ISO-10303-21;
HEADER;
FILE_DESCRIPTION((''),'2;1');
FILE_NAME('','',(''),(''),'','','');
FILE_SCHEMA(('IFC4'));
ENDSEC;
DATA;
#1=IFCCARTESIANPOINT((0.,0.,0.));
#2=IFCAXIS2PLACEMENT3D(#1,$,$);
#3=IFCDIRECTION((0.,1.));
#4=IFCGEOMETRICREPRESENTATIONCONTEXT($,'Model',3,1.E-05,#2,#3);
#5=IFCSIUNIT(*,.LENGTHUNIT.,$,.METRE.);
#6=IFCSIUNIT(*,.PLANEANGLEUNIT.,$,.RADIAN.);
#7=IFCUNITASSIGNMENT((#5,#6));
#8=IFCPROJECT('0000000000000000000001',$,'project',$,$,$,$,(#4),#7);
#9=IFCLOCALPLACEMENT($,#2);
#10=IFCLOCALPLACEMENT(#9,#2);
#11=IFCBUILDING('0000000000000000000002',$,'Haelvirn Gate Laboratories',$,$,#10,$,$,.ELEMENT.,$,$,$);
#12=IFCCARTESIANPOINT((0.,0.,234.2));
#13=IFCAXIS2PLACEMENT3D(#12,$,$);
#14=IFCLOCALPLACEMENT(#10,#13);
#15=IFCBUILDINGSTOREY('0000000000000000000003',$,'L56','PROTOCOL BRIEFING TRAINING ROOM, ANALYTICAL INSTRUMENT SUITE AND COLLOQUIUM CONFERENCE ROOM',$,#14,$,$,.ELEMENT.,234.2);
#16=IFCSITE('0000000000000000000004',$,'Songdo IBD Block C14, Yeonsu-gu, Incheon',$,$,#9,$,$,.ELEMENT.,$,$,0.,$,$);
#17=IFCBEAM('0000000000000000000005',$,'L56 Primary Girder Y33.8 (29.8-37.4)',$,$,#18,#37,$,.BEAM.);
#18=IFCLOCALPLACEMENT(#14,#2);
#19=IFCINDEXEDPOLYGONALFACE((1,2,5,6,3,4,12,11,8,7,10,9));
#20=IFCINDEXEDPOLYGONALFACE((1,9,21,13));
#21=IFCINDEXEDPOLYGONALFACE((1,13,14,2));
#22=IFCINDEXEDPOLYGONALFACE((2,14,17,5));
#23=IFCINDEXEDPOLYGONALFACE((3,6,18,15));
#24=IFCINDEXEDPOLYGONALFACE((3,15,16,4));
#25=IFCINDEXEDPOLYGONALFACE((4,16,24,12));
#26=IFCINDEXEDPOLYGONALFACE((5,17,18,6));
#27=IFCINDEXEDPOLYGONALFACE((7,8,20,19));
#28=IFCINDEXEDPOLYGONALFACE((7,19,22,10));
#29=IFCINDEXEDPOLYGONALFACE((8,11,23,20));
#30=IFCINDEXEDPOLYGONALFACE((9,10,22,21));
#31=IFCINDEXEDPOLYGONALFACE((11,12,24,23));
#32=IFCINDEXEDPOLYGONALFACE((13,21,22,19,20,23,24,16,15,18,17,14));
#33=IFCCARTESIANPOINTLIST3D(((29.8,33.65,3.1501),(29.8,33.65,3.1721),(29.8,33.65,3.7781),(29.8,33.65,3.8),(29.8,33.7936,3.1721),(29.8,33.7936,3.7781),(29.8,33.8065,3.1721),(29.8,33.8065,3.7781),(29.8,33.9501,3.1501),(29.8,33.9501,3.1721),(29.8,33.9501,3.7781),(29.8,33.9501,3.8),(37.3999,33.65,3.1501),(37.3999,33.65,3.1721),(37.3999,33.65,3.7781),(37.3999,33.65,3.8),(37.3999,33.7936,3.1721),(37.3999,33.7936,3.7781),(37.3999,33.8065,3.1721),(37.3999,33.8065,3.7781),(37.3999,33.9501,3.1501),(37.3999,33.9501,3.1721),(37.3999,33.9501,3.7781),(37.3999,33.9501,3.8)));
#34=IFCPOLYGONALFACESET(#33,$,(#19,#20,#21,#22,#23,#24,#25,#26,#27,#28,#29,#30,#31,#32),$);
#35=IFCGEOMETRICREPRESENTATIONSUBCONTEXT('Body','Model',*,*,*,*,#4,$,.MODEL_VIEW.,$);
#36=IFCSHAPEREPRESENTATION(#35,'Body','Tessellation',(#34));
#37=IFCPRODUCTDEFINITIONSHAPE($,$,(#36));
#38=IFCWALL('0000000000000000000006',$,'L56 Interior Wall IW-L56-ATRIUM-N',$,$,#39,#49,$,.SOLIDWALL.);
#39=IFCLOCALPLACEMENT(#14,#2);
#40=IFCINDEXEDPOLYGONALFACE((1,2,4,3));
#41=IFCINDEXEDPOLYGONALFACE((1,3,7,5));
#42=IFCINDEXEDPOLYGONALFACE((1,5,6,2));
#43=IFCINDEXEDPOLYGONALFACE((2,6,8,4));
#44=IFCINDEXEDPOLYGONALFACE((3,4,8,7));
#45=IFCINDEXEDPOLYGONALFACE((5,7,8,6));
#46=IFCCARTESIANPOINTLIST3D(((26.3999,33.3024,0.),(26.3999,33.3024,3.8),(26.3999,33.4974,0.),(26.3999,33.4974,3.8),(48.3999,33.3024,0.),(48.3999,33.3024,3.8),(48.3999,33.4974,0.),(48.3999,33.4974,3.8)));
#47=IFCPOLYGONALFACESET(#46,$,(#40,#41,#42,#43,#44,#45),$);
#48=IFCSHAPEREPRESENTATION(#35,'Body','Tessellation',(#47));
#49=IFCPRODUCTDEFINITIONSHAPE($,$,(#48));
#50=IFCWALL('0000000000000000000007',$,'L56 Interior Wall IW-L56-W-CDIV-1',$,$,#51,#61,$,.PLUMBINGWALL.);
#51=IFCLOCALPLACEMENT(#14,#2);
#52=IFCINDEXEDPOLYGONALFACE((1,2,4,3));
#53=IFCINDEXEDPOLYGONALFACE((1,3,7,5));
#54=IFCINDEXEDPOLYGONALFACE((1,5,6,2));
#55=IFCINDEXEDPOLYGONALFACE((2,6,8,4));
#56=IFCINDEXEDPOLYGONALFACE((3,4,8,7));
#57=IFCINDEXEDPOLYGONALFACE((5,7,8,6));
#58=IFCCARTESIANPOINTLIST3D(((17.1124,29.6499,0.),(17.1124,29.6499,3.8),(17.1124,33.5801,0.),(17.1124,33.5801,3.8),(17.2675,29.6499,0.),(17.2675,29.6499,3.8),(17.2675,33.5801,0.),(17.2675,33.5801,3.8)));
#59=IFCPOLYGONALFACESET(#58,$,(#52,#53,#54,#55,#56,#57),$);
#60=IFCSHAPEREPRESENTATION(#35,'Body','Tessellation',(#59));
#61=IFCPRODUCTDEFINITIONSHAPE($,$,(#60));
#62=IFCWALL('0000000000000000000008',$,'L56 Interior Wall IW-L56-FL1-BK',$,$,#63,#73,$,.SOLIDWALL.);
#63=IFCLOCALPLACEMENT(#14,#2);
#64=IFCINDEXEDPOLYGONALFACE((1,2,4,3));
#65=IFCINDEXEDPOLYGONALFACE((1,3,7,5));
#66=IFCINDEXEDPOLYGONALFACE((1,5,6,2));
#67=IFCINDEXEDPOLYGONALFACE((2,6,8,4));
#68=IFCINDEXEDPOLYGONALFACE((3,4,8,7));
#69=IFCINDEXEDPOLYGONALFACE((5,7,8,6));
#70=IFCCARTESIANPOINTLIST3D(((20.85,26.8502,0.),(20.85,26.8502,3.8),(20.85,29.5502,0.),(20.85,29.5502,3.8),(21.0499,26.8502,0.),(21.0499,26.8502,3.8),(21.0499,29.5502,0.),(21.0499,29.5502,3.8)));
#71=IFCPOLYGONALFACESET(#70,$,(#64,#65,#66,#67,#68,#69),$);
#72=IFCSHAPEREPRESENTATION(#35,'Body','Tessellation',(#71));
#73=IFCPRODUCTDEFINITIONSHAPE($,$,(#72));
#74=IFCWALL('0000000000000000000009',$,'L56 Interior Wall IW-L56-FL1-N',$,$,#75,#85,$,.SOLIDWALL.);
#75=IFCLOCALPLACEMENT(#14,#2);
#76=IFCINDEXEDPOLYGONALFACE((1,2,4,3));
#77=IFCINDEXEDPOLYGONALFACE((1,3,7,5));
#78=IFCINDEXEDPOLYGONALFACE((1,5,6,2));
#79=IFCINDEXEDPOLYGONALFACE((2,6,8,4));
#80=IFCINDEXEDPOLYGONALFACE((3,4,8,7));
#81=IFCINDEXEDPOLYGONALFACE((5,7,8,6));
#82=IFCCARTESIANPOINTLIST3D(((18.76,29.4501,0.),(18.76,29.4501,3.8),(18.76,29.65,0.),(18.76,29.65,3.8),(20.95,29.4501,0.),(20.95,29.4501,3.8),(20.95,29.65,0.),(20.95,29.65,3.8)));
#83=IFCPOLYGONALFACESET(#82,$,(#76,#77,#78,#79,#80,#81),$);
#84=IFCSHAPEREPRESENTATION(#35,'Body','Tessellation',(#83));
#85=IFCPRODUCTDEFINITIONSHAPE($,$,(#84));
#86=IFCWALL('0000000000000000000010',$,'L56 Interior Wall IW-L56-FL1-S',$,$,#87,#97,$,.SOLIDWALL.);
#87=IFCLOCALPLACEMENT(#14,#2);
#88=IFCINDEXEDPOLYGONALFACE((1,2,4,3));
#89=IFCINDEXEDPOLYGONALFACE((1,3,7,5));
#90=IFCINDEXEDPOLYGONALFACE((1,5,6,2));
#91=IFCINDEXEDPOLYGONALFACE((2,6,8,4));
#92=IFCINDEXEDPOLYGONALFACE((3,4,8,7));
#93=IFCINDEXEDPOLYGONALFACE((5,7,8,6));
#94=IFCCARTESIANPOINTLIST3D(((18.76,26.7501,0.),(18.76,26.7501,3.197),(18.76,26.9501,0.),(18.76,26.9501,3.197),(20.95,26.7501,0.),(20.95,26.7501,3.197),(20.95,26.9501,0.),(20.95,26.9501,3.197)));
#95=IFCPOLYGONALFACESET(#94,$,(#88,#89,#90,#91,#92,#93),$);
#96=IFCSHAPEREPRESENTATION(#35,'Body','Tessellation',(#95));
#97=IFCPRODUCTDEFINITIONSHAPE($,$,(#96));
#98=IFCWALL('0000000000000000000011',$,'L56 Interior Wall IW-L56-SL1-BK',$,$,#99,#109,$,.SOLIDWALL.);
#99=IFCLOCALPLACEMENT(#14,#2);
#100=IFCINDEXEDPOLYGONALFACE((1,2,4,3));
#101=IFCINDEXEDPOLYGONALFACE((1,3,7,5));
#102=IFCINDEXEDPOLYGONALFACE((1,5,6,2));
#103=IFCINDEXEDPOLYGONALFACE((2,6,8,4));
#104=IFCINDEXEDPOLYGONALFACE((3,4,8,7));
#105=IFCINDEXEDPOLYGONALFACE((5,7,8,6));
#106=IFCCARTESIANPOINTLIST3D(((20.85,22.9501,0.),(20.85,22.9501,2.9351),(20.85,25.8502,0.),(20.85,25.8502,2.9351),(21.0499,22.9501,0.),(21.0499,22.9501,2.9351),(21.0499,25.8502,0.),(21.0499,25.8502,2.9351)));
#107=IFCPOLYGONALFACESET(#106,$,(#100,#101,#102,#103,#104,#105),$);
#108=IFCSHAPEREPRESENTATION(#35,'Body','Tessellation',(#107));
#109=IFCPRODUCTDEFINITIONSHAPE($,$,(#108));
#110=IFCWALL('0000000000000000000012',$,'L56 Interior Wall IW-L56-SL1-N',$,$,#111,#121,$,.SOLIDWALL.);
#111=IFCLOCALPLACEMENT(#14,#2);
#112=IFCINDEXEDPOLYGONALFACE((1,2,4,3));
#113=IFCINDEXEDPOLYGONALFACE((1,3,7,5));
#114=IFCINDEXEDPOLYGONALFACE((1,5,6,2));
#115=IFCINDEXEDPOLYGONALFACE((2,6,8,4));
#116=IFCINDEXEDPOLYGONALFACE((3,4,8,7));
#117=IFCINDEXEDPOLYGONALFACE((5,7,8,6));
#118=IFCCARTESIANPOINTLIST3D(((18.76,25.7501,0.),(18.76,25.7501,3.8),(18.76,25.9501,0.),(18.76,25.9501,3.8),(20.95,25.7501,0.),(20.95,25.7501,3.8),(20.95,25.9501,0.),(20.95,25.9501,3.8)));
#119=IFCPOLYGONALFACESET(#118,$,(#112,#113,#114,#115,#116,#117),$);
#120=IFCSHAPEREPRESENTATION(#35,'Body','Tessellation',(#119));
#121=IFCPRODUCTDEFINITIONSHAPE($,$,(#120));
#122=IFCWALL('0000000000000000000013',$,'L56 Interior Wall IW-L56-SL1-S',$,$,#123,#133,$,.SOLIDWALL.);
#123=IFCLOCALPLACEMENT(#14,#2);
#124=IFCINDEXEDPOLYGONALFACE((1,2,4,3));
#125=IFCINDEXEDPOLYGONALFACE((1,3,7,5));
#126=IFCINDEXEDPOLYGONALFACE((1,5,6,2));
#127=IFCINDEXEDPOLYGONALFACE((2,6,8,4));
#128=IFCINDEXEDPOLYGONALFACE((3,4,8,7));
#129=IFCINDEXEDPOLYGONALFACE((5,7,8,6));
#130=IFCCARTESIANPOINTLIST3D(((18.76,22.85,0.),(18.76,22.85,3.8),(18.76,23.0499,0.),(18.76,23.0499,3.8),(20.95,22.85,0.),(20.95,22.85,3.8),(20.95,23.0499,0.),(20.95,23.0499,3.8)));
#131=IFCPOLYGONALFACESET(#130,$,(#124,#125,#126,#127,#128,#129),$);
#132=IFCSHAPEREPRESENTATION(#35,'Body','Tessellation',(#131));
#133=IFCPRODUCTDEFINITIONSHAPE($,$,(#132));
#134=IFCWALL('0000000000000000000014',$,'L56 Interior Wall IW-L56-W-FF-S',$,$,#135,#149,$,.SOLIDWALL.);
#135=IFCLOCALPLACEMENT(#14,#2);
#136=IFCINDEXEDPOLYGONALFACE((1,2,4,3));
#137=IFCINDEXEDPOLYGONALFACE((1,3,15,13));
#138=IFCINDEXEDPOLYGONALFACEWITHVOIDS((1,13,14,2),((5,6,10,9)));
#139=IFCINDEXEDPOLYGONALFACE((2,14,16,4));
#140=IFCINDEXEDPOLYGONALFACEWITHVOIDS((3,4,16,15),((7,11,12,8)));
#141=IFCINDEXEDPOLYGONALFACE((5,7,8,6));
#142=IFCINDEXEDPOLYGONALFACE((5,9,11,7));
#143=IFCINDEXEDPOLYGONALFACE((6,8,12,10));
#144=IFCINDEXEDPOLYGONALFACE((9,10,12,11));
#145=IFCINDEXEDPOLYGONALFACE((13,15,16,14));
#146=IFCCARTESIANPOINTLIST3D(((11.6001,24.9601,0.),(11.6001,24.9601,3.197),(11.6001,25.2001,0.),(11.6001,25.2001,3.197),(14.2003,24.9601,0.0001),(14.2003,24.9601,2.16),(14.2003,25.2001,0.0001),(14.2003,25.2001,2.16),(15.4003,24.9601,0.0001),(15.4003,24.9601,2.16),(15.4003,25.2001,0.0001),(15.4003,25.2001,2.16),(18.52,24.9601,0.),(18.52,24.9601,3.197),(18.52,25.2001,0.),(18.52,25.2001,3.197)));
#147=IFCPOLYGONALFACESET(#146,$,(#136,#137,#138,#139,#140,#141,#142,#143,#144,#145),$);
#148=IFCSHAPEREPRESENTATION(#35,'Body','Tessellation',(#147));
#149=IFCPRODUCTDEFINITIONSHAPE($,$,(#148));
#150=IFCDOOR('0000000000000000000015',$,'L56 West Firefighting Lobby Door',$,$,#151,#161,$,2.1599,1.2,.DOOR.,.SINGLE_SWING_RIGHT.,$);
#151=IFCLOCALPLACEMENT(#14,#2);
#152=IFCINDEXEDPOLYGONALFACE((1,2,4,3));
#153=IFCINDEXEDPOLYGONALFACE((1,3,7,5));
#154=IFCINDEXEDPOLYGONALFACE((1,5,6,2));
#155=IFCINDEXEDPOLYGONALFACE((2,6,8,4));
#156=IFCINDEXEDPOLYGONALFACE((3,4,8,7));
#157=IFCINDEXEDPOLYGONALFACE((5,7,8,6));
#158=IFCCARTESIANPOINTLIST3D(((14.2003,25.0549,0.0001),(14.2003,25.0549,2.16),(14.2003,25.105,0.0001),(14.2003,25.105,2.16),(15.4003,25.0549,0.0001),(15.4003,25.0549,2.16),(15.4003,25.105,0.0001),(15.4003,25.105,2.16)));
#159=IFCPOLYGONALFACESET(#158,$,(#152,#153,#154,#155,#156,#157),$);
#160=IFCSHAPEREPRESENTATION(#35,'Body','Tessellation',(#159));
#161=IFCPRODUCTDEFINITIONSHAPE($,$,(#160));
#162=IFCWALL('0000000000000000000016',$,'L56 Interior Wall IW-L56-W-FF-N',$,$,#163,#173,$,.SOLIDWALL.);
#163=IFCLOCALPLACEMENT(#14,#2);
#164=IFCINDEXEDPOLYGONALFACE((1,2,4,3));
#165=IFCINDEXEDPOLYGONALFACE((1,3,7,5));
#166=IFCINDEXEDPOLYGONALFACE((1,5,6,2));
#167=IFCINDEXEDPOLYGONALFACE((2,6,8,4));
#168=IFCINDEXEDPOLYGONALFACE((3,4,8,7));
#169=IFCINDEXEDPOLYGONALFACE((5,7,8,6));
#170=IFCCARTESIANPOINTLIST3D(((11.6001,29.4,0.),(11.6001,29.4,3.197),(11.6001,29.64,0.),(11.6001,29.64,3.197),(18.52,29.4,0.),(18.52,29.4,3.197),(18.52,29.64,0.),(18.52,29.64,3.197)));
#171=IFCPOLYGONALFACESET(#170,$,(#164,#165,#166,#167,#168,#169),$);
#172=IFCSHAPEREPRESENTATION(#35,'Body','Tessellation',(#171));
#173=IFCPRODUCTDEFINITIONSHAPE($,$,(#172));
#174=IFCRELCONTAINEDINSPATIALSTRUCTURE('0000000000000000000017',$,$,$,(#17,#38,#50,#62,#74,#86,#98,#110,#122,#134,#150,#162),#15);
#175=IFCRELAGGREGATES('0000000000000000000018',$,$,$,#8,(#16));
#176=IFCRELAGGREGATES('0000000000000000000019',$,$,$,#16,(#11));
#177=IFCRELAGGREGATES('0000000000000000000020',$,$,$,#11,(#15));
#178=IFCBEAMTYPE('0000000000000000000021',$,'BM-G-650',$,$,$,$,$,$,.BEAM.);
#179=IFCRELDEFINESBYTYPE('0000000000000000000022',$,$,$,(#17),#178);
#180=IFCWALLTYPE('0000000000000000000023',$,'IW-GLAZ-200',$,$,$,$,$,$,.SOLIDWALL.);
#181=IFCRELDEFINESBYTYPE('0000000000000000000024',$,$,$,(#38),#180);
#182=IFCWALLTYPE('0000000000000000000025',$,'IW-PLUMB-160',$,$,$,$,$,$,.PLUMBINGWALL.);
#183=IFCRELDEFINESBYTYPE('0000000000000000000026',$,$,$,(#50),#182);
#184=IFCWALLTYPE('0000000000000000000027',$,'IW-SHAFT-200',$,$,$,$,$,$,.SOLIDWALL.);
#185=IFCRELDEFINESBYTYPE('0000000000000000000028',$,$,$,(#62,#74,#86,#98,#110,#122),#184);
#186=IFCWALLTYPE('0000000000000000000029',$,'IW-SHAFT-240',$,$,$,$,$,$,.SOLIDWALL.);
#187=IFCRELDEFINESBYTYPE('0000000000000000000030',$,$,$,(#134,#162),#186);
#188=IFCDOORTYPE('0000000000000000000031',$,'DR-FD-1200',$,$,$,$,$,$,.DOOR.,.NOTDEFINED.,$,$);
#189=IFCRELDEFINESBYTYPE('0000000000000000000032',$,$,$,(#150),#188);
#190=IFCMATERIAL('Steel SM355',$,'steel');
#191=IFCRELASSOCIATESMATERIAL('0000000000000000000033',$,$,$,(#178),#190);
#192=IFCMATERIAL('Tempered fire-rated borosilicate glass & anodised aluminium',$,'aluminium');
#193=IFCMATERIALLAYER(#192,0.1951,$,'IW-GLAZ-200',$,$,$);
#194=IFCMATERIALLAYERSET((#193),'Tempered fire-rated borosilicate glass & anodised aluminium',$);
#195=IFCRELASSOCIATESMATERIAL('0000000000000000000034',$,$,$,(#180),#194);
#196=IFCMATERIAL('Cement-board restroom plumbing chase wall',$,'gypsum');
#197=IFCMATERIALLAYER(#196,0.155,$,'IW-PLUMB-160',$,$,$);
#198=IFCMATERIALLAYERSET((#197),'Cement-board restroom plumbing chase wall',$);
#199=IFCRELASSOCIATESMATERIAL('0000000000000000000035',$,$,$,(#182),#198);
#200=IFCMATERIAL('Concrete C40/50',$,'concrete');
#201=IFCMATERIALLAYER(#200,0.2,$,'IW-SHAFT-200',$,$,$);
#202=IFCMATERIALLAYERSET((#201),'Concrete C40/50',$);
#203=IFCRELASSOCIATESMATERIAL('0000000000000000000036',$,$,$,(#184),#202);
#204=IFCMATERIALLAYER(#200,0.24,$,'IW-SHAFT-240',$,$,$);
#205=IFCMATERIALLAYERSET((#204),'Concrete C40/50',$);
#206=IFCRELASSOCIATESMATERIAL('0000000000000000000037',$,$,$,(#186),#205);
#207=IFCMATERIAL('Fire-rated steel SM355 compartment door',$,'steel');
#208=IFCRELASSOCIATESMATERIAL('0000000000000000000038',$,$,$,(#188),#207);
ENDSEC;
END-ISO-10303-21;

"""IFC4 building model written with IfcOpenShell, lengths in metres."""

from ifc_helpers import new_model, si_unit, direction, frame, frame_2d, origin, origin_2d, place, context, subcontext, project, spatial, rectangle, i_section, extrude, source, transform, mapped, material, layer, layer_set, material_profile, profile_set, type_object, type_shapes, element, fill, save


model = new_model("IFC4")

# Units and contexts
model_context = context("Model", 3, precision=1e-05, world=origin(), true_north=direction((0.0, 1.0)))
body_context = subcontext(model_context, "Body", "Model", "MODEL_VIEW")
ifc_project = project(units=[si_unit("LENGTHUNIT", "METRE"), si_unit("PLANEANGLEUNIT", "RADIAN")], contexts=[model_context])

# Site, building, storey
site_placement = place(None, origin())
site = spatial("IfcSite", under=ifc_project, at=site_placement, Name="Songdo IBD Block C14, Yeonsu-gu, Incheon", CompositionType="ELEMENT", RefElevation=0.0)
building_placement = place(site_placement, origin())
building = spatial("IfcBuilding", under=site, at=building_placement, Name="Haelvirn Gate Laboratories", CompositionType="ELEMENT")
storey_placement = place(building_placement, frame((0.0, 0.0, 234.2)))
storey = spatial("IfcBuildingStorey", under=building, at=storey_placement, Name="L56", Description="PROTOCOL BRIEFING TRAINING ROOM, ANALYTICAL INSTRUMENT SUITE AND COLLOQUIUM CONFERENCE ROOM", CompositionType="ELEMENT", Elevation=234.2)

# Shared definitions
ifc_material_1 = material(Name="Steel SM355", Category="steel")

# Beam
ifc_material_profile_1 = material_profile(ifc_material_1, i_section(OverallWidth=0.3, OverallDepth=0.6499, WebThickness=0.0129, FlangeThickness=0.022, at=origin_2d()), Name="H-650x300x13x22")
ifc_profile_set_1 = profile_set([ifc_material_profile_1], Name="Steel SM355")
beam_type_1 = type_object("IfcBeamType", Name="BM-G-650", PredefinedType="BEAM", material=ifc_profile_set_1)
shared_shape_1 = source(origin(), body_context, "Body", "SweptSolid", [
    extrude(i_section(OverallWidth=0.3, OverallDepth=0.6499, WebThickness=0.0129, FlangeThickness=0.022, at=origin_2d()), origin(), (0.0, 0.0, 1.0), 7.5999),
])
beam_1_placement = place(storey_placement, frame((29.8, 33.8, 3.4751), z_axis=(1.0, 0.0, 0.0), x_axis=(0.0, 1.0, 0.0)))
element("IfcBeam", 1, at=beam_1_placement, inside=storey, type_object=beam_type_1, Name="L56 Primary Girder Y33.8 (29.8-37.4)", PredefinedType="BEAM", context=body_context, shape_type="MappedRepresentation", body=[
    mapped(shared_shape_1, transform((0.0, 0.0, 0.0), scale=1.0)),
])

# Walls
ifc_material_2 = material(Name="Tempered fire-rated borosilicate glass & anodised aluminium", Category="aluminium")
ifc_layer_1 = layer(ifc_material_2, 0.1951, Name="IW-GLAZ-200")
ifc_layer_set_1 = layer_set([ifc_layer_1], Name="Tempered fire-rated borosilicate glass & anodised aluminium")
wall_type_1 = type_object("IfcWallType", Name="IW-GLAZ-200", PredefinedType="SOLIDWALL", material=ifc_layer_set_1)
wall_1_placement = place(storey_placement, frame((26.3999, 33.3999, 0.0), z_axis=(0.0, 0.0, 1.0), x_axis=(1.0, 0.0, 0.0)))
element("IfcWall", 2, at=wall_1_placement, inside=storey, type_object=wall_type_1, Name="L56 Interior Wall IW-L56-ATRIUM-N", PredefinedType="SOLIDWALL", context=body_context, shape_type="SweptSolid", body=[
    extrude(rectangle(XDim=22.0, YDim=0.1951, at=frame_2d((11.0, 0.0))), origin(), (0.0, 0.0, 1.0), 3.8),
])
ifc_material_3 = material(Name="Cement-board restroom plumbing chase wall", Category="gypsum")
ifc_layer_2 = layer(ifc_material_3, 0.155, Name="IW-PLUMB-160")
ifc_layer_set_2 = layer_set([ifc_layer_2], Name="Cement-board restroom plumbing chase wall")
wall_type_2 = type_object("IfcWallType", Name="IW-PLUMB-160", PredefinedType="PLUMBINGWALL", material=ifc_layer_set_2)
wall_2_placement = place(storey_placement, frame((17.1899, 29.6499, 0.0), z_axis=(0.0, 0.0, 1.0), x_axis=(0.0, 1.0, 0.0)))
element("IfcWall", 3, at=wall_2_placement, inside=storey, type_object=wall_type_2, Name="L56 Interior Wall IW-L56-W-CDIV-1", PredefinedType="PLUMBINGWALL", context=body_context, shape_type="SweptSolid", body=[
    extrude(rectangle(XDim=3.9302, YDim=0.155, at=frame_2d((1.9651, 0.0))), origin(), (0.0, 0.0, 1.0), 3.8),
])
ifc_material_4 = material(Name="Concrete C40/50", Category="concrete")
ifc_layer_3 = layer(ifc_material_4, 0.2, Name="IW-SHAFT-200")
ifc_layer_set_3 = layer_set([ifc_layer_3], Name="Concrete C40/50")
wall_type_3 = type_object("IfcWallType", Name="IW-SHAFT-200", PredefinedType="SOLIDWALL", material=ifc_layer_set_3)
wall_3_placement = place(storey_placement, frame((20.95, 26.8501, 0.0), z_axis=(0.0, 0.0, 1.0), x_axis=(0.0, 1.0, 0.0)))
element("IfcWall", 4, at=wall_3_placement, inside=storey, type_object=wall_type_3, Name="L56 Interior Wall IW-L56-FL1-BK", PredefinedType="SOLIDWALL", context=body_context, shape_type="SweptSolid", body=[
    extrude(rectangle(XDim=2.7, YDim=0.2, at=frame_2d((1.3501, 0.0))), origin(), (0.0, 0.0, 1.0), 3.8),
])
wall_4_placement = place(storey_placement, frame((18.76, 29.55, 0.0), z_axis=(0.0, 0.0, 1.0), x_axis=(1.0, 0.0, 0.0)))
element("IfcWall", 5, at=wall_4_placement, inside=storey, type_object=wall_type_3, Name="L56 Interior Wall IW-L56-FL1-N", PredefinedType="SOLIDWALL", context=body_context, shape_type="SweptSolid", body=[
    extrude(rectangle(XDim=2.1899, YDim=0.2, at=frame_2d((1.095, 0.0))), origin(), (0.0, 0.0, 1.0), 3.8),
])
wall_5_placement = place(storey_placement, frame((18.76, 26.8501, 0.0), z_axis=(0.0, 0.0, 1.0), x_axis=(1.0, 0.0, 0.0)))
element("IfcWall", 6, at=wall_5_placement, inside=storey, type_object=wall_type_3, Name="L56 Interior Wall IW-L56-FL1-S", PredefinedType="SOLIDWALL", context=body_context, shape_type="SweptSolid", body=[
    extrude(rectangle(XDim=2.1899, YDim=0.2, at=frame_2d((1.095, 0.0))), origin(), (0.0, 0.0, 1.0), 3.197),
])
wall_6_placement = place(storey_placement, frame((20.95, 22.95, 0.0), z_axis=(0.0, 0.0, 1.0), x_axis=(0.0, 1.0, 0.0)))
element("IfcWall", 7, at=wall_6_placement, inside=storey, type_object=wall_type_3, Name="L56 Interior Wall IW-L56-SL1-BK", PredefinedType="SOLIDWALL", context=body_context, shape_type="SweptSolid", body=[
    extrude(rectangle(XDim=2.9001, YDim=0.2, at=frame_2d((1.4502, 0.0))), origin(), (0.0, 0.0, 1.0), 2.9351),
])
for number, where, z_axis, x_axis, name in (
    (8, (18.76, 25.8501, 0.0), (0.0, 0.0, 1.0), (1.0, 0.0, 0.0), "L56 Interior Wall IW-L56-SL1-N"),
    (9, (18.76, 22.95, 0.0), (0.0, 0.0, 1.0), (1.0, 0.0, 0.0), "L56 Interior Wall IW-L56-SL1-S"),
):
    element("IfcWall", number, at=place(storey_placement, frame(where, z_axis=z_axis, x_axis=x_axis)), inside=storey, type_object=wall_type_3, Name=name, PredefinedType="SOLIDWALL", context=body_context, shape_type="SweptSolid", body=[
        extrude(rectangle(XDim=2.1899, YDim=0.2, at=frame_2d((1.095, 0.0))), origin(), (0.0, 0.0, 1.0), 3.8),
    ])

# Wall, opening, door
ifc_layer_4 = layer(ifc_material_4, 0.24, Name="IW-SHAFT-240")
ifc_layer_set_4 = layer_set([ifc_layer_4], Name="Concrete C40/50")
wall_type_4 = type_object("IfcWallType", Name="IW-SHAFT-240", PredefinedType="SOLIDWALL", material=ifc_layer_set_4)
wall_7_placement = place(storey_placement, frame((11.6001, 25.0801, 0.0), z_axis=(0.0, 0.0, 1.0), x_axis=(1.0, 0.0, 0.0)))
wall_7 = element("IfcWall", 10, at=wall_7_placement, inside=storey, type_object=wall_type_4, Name="L56 Interior Wall IW-L56-W-FF-S", PredefinedType="SOLIDWALL", context=body_context, shape_type="SweptSolid", body=[
    extrude(rectangle(XDim=6.9199, YDim=0.24, at=frame_2d((3.46, 0.0))), origin(), (0.0, 0.0, 1.0), 3.197),
])
opening_placement = place(wall_7_placement, frame((2.6001, 0.0, 0.0)))
opening = element("IfcOpeningElement", 11, at=opening_placement, cuts=wall_7, PredefinedType="OPENING", context=body_context, shape_type="SweptSolid", body=[
    extrude(rectangle(XDim=1.2, YDim=2.1599, at=frame_2d((0.6001, 1.0801))), frame((0.0, 0.1299, 0.0), z_axis=(0.0, -1.0, 0.0), x_axis=(1.0, 0.0, 0.0)), (0.0, 0.0, 1.0), 0.26),
])
ifc_material_5 = material(Name="Fire-rated steel SM355 compartment door", Category="steel")
door_type = type_object("IfcDoorType", Name="DR-FD-1200", OperationType="NOTDEFINED", PredefinedType="DOOR", material=ifc_material_5)
shared_shape_2 = source(origin(), body_context, "Body", "SweptSolid", [
    extrude(rectangle(XDim=1.2, YDim=2.1599, at=frame_2d((0.6001, 1.0801))), frame((0.0, 0.0249, 0.0), z_axis=(0.0, -1.0, 0.0), x_axis=(1.0, 0.0, 0.0)), (0.0, 0.0, 1.0), 0.05),
])
type_shapes(door_type, [shared_shape_2])
door_placement = place(opening_placement, origin())
door = element("IfcDoor", 12, at=door_placement, inside=storey, type_object=door_type, Name="L56 West Firefighting Lobby Door", OperationType="SINGLE_SWING_RIGHT", OverallHeight=2.1599, OverallWidth=1.2, PredefinedType="DOOR", context=body_context, shape_type="MappedRepresentation", body=[
    mapped(shared_shape_2, transform((0.0, 0.0, 0.0), scale=1.0)),
])
fill(opening, door)

# Wall
wall_8_placement = place(storey_placement, frame((11.6001, 29.52, 0.0), z_axis=(0.0, 0.0, 1.0), x_axis=(1.0, 0.0, 0.0)))
element("IfcWall", 13, at=wall_8_placement, inside=storey, type_object=wall_type_4, Name="L56 Interior Wall IW-L56-W-FF-N", PredefinedType="SOLIDWALL", context=body_context, shape_type="SweptSolid", body=[
    extrude(rectangle(XDim=6.9199, YDim=0.24, at=frame_2d((3.46, 0.0))), origin(), (0.0, 0.0, 1.0), 3.197),
])

save(model, "model.ifc")
